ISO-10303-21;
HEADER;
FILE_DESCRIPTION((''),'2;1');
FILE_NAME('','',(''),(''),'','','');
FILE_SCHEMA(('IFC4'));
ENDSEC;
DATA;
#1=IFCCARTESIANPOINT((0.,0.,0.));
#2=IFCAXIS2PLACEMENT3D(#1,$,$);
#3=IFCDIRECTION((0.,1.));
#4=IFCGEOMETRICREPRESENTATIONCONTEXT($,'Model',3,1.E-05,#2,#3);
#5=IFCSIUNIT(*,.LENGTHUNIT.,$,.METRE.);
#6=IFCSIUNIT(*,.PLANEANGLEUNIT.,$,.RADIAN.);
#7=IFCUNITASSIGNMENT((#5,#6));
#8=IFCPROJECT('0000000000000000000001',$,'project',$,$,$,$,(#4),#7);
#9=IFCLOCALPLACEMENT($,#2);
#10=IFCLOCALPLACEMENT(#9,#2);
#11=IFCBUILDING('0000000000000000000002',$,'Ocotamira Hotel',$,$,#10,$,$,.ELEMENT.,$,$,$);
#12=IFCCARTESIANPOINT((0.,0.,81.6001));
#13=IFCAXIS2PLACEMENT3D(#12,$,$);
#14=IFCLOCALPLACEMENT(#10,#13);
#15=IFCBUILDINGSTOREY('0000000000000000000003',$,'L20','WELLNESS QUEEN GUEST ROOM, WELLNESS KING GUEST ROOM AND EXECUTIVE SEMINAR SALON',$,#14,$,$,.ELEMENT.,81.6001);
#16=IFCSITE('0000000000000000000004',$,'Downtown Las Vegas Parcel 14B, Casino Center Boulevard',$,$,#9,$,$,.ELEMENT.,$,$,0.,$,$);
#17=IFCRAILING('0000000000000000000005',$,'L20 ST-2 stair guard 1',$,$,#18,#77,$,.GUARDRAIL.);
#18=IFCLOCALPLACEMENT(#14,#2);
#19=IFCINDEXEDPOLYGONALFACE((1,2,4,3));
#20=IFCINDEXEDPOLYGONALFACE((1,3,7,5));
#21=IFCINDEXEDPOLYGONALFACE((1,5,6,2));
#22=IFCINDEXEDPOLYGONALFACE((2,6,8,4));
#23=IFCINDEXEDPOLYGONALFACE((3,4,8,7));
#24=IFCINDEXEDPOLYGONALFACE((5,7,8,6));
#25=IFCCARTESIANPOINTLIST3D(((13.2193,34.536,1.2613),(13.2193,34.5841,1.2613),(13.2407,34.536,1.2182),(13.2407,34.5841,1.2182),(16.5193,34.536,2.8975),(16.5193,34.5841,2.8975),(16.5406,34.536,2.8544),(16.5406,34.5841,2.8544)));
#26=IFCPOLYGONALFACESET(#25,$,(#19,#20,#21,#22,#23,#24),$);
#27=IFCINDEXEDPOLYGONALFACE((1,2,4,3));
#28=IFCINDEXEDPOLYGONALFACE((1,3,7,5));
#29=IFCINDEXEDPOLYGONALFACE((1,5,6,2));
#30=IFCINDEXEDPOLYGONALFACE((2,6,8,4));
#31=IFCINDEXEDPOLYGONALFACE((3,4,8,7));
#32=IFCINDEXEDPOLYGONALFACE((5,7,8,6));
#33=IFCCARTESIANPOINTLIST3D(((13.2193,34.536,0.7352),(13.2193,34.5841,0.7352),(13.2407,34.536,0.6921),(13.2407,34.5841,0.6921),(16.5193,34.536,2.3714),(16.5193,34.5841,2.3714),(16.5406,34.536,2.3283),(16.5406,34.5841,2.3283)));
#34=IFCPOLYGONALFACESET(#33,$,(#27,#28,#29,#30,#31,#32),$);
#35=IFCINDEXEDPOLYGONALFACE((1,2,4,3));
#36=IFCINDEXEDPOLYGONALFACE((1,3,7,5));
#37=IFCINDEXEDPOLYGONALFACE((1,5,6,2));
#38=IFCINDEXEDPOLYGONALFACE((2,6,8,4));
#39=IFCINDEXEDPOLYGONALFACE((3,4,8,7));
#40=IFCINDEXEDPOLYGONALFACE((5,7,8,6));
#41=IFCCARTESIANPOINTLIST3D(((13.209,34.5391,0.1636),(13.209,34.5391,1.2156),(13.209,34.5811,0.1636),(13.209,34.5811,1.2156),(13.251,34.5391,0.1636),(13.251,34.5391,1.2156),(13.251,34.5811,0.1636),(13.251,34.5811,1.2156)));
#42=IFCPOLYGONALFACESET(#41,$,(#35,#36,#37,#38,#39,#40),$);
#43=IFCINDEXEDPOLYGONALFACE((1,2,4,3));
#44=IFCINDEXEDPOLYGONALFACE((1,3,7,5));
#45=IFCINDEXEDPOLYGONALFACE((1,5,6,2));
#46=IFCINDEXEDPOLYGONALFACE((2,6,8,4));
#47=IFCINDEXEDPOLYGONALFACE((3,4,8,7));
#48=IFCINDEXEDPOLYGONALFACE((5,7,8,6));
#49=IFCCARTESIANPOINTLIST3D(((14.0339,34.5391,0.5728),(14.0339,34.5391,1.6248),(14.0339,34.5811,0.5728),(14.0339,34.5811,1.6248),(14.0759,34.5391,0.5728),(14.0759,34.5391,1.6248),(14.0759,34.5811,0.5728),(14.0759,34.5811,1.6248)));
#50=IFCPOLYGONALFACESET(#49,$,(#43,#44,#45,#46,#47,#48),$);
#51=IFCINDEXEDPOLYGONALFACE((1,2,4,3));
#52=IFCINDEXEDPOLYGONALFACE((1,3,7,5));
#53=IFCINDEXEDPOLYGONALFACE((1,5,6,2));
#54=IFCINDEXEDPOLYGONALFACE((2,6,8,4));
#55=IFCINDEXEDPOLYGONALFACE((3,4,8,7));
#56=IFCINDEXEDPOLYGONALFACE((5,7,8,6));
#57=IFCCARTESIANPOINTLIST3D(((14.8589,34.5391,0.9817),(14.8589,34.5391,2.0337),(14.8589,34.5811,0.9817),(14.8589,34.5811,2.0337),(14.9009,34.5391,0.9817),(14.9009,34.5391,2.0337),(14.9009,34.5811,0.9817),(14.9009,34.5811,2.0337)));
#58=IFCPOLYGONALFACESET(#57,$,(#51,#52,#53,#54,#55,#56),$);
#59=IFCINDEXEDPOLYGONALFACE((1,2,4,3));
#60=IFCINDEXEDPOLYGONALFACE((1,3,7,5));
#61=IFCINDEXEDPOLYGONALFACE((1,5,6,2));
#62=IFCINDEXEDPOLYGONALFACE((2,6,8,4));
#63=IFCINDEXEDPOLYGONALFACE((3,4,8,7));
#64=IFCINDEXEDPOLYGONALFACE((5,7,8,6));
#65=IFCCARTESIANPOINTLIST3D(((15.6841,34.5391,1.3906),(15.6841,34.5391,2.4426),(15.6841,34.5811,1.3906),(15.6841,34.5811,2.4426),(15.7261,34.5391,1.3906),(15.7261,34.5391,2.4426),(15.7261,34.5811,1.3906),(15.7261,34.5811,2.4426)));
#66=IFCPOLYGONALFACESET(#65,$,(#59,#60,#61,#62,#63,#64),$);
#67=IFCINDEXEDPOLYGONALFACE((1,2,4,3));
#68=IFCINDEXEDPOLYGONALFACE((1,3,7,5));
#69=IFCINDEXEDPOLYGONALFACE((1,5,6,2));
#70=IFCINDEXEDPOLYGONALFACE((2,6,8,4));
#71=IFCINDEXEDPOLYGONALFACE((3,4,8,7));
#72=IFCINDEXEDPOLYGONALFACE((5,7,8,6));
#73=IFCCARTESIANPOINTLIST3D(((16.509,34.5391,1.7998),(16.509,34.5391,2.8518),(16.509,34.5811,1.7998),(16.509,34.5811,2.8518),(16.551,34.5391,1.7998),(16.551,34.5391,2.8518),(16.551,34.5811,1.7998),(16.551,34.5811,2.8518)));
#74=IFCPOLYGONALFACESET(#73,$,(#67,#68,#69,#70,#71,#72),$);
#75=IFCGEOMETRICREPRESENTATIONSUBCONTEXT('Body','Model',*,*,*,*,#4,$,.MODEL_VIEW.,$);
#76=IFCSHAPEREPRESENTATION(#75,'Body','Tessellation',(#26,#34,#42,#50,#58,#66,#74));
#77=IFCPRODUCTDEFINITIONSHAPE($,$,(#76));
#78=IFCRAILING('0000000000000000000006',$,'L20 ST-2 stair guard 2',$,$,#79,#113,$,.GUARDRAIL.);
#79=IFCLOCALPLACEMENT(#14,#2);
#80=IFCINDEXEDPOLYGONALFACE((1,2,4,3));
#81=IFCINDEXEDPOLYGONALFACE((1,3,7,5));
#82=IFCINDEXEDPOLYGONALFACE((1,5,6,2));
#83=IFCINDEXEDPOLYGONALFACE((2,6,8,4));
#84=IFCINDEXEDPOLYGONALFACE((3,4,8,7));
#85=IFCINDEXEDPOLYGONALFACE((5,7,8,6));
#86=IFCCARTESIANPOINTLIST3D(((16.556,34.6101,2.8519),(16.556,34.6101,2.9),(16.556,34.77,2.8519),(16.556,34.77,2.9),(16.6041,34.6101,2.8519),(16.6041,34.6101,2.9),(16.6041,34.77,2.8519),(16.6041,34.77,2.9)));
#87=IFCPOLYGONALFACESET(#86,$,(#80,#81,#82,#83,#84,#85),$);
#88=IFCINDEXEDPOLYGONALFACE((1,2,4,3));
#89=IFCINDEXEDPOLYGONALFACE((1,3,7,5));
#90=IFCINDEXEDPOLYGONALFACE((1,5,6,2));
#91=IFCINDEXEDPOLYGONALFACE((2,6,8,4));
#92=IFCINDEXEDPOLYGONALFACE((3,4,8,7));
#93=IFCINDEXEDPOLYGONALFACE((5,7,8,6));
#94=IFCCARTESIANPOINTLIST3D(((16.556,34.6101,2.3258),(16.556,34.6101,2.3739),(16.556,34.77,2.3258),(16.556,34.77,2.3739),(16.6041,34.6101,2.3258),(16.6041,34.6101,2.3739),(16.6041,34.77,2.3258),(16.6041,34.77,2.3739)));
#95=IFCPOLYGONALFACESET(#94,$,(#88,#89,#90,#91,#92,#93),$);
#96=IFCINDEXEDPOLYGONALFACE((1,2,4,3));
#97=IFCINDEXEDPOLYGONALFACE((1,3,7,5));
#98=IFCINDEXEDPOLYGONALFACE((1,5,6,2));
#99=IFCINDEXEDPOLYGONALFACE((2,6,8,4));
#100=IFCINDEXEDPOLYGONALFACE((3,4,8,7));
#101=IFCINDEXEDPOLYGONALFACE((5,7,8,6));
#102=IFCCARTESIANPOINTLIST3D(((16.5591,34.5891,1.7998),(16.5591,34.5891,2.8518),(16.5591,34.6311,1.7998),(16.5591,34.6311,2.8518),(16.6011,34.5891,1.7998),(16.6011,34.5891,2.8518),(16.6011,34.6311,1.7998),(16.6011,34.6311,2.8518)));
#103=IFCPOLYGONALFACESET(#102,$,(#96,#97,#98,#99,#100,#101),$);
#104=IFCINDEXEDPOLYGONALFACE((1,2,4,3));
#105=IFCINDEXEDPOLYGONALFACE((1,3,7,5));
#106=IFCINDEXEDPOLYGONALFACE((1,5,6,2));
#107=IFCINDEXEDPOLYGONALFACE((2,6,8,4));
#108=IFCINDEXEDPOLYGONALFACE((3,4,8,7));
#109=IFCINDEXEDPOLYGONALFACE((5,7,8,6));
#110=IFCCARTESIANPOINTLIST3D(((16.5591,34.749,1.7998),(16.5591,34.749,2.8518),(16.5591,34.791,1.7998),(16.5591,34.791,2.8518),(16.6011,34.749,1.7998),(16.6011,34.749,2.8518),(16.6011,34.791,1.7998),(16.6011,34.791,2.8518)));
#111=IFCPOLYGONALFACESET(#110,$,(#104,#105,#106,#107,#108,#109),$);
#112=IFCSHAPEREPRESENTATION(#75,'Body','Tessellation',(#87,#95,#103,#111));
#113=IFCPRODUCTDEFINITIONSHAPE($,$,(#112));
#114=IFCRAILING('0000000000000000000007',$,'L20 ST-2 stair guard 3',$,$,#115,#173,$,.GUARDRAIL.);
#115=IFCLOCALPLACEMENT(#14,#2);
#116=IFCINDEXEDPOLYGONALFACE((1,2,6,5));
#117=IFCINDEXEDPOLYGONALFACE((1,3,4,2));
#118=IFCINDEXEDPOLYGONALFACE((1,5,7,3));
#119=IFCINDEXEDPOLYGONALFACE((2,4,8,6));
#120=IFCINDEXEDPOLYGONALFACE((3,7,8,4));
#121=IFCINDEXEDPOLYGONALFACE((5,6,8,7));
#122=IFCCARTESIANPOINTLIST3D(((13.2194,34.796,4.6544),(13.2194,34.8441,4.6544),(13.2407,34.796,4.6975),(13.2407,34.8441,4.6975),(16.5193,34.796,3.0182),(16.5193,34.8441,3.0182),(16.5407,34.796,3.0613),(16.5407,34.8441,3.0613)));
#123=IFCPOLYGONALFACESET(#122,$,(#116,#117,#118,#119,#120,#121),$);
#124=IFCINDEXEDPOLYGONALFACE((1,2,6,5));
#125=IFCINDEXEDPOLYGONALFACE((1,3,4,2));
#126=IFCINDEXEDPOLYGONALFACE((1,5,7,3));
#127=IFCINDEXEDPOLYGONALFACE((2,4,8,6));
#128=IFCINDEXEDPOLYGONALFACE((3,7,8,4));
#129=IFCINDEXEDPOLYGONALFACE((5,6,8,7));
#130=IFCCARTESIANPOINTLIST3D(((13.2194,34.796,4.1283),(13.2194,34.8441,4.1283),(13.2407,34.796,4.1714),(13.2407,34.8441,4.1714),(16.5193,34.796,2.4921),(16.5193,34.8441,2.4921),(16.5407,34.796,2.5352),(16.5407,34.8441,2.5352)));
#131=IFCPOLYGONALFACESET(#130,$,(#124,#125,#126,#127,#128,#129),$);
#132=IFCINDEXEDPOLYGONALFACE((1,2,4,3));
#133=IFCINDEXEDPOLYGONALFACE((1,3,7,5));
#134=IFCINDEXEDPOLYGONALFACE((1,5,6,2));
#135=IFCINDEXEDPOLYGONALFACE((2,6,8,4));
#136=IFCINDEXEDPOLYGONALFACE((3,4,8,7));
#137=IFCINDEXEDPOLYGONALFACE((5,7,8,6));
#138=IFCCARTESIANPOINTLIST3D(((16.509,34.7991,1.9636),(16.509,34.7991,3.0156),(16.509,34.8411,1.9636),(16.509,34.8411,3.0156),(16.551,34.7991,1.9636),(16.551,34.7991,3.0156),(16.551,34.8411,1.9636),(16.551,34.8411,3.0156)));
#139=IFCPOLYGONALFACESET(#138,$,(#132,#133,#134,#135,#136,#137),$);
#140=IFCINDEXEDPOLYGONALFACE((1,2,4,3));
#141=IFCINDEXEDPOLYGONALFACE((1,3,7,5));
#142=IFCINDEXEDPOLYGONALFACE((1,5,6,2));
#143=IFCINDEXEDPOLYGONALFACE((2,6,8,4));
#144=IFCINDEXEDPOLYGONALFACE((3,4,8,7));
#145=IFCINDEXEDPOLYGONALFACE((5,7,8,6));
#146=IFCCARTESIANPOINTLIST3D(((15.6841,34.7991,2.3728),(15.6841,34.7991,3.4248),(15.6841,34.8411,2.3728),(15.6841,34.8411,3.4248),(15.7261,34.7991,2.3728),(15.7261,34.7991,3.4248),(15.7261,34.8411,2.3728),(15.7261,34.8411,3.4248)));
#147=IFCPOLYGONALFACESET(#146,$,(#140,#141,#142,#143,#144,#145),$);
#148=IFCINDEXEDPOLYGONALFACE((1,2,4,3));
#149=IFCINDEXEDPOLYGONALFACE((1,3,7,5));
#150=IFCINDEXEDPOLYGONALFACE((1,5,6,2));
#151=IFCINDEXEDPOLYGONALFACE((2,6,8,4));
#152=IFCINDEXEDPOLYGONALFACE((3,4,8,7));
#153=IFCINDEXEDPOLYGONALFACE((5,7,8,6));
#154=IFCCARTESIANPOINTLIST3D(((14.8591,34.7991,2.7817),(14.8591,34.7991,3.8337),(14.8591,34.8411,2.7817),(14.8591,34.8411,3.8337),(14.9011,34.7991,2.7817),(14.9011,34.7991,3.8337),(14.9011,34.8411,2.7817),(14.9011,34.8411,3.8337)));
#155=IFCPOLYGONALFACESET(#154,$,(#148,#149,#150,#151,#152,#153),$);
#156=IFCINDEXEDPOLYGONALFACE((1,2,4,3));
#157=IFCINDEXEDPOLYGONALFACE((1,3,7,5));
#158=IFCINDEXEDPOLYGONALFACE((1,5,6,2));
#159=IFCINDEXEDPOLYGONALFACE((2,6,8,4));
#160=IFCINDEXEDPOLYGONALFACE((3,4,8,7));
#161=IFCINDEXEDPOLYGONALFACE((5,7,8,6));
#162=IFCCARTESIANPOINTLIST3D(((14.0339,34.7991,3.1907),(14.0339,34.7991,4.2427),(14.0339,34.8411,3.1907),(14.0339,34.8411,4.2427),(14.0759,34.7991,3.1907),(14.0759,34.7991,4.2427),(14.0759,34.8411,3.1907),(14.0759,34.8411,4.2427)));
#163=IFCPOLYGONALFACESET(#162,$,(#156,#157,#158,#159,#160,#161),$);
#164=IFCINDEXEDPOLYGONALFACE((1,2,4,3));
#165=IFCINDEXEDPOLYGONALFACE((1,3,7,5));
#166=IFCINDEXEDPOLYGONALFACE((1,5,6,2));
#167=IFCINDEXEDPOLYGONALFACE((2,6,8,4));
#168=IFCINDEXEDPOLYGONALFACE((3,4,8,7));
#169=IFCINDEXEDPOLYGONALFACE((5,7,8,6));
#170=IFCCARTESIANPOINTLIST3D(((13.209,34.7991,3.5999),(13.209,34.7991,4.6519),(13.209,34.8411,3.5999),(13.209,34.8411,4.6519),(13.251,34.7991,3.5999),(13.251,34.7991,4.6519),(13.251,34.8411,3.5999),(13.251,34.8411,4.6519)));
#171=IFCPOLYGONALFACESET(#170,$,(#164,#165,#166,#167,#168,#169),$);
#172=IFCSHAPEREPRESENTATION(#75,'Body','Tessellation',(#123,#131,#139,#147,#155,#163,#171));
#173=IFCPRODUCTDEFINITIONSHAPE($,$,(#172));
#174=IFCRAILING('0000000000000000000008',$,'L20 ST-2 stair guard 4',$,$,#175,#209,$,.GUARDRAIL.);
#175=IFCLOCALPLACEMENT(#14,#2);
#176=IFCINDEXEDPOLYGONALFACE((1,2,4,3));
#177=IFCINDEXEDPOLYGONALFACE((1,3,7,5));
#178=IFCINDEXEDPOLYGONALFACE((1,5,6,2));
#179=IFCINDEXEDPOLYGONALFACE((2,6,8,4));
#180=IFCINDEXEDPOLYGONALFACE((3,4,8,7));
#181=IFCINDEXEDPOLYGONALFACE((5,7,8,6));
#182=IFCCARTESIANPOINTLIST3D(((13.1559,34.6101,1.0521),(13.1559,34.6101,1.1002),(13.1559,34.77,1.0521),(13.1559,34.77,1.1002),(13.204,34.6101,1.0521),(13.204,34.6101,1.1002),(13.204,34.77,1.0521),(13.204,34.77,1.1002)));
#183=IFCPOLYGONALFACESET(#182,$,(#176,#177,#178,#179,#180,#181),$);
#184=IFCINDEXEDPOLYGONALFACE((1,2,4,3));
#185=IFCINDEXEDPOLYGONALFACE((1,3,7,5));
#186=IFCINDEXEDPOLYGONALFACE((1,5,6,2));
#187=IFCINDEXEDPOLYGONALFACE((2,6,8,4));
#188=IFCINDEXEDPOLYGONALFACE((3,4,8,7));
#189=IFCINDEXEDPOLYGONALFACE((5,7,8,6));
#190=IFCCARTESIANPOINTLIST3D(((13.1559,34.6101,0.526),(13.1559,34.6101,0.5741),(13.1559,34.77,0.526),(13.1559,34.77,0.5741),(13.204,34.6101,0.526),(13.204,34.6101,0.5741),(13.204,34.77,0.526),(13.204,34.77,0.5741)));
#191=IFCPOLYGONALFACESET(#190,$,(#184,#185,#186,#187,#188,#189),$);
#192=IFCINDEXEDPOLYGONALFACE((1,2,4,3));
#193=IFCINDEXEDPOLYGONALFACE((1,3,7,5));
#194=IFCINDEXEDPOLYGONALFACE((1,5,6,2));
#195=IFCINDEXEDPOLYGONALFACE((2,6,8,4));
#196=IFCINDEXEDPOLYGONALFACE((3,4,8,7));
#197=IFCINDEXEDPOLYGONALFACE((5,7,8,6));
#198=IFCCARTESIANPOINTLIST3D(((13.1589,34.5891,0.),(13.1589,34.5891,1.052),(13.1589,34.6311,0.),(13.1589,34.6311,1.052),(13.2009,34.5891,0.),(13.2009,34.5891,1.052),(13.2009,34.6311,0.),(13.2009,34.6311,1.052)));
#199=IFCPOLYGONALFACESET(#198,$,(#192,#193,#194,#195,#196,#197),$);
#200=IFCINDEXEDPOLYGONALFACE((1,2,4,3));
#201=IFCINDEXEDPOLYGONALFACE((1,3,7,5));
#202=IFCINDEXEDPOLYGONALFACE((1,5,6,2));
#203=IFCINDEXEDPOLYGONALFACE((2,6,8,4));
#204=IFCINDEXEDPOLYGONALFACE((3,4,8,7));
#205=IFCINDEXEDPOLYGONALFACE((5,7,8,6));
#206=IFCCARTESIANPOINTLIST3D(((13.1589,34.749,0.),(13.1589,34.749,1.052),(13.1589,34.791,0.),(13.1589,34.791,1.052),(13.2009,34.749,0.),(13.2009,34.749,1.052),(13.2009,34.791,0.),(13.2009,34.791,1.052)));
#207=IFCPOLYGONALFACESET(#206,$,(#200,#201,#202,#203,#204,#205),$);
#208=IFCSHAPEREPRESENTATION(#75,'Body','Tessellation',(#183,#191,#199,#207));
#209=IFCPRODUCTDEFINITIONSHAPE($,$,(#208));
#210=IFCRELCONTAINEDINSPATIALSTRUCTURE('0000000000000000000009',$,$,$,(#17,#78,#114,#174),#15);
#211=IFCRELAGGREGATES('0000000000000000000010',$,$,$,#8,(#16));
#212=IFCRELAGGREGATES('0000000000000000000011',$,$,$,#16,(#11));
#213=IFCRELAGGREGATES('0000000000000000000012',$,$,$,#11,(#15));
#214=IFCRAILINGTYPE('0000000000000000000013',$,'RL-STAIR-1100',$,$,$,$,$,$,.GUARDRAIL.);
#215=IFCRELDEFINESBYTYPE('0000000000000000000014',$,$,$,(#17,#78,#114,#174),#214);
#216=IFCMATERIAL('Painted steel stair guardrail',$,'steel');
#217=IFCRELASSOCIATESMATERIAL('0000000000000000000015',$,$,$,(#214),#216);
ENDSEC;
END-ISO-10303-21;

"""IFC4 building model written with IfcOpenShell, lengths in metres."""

from ifc_helpers import new_model, si_unit, direction, frame, origin, origin_2d, place, context, subcontext, project, spatial, rectangle, extrude, material, type_object, element, save


model = new_model("IFC4")

# Units and contexts
model_context = context("Model", 3, precision=1e-05, world=origin(), true_north=direction((0.0, 1.0)))
body_context = subcontext(model_context, "Body", "Model", "MODEL_VIEW")
ifc_project = project(units=[si_unit("LENGTHUNIT", "METRE"), si_unit("PLANEANGLEUNIT", "RADIAN")], contexts=[model_context])

# Site, building, storey
site_placement = place(None, origin())
site = spatial("IfcSite", under=ifc_project, at=site_placement, Name="Downtown Las Vegas Parcel 14B, Casino Center Boulevard", CompositionType="ELEMENT", RefElevation=0.0)
building_placement = place(site_placement, origin())
building = spatial("IfcBuilding", under=site, at=building_placement, Name="Ocotamira Hotel", CompositionType="ELEMENT")
storey_placement = place(building_placement, frame((0.0, 0.0, 81.6001)))
storey = spatial("IfcBuildingStorey", under=building, at=storey_placement, Name="L20", Description="WELLNESS QUEEN GUEST ROOM, WELLNESS KING GUEST ROOM AND EXECUTIVE SEMINAR SALON", CompositionType="ELEMENT", Elevation=81.6001)

# Railings
ifc_material_1 = material(Name="Painted steel stair guardrail", Category="steel")
railing_type_1 = type_object("IfcRailingType", Name="RL-STAIR-1100", PredefinedType="GUARDRAIL", material=ifc_material_1)
railing_1_placement = place(storey_placement, frame((13.23, 34.5601, 0.1636)))
element("IfcRailing", 1, at=railing_1_placement, inside=storey, type_object=railing_type_1, Name="L20 ST-2 stair guard 1", PredefinedType="GUARDRAIL", context=body_context, shape_type="SweptSolid", body=[
    extrude(rectangle(XDim=0.0481, YDim=0.0481, at=origin_2d()), frame((0.0, 0.0, 1.0762), z_axis=(0.89592, 0.0, 0.444215), x_axis=(0.0, 1.0, 0.0)), (0.0, 0.0, 1.0), 3.6833),
    extrude(rectangle(XDim=0.0481, YDim=0.0481, at=origin_2d()), frame((0.0, 0.0, 0.55), z_axis=(0.89592, 0.0, 0.444215), x_axis=(0.0, 1.0, 0.0)), (0.0, 0.0, 1.0), 3.6833),
    extrude(rectangle(XDim=0.042, YDim=0.042, at=origin_2d()), origin(), (0.0, 0.0, 1.0), 1.052),
    extrude(rectangle(XDim=0.042, YDim=0.042, at=origin_2d()), frame((0.825, 0.0, 0.4092)), (0.0, 0.0, 1.0), 1.052),
    extrude(rectangle(XDim=0.042, YDim=0.042, at=origin_2d()), frame((1.6499, 0.0, 0.8181)), (0.0, 0.0, 1.0), 1.052),
    extrude(rectangle(XDim=0.042, YDim=0.042, at=origin_2d()), frame((2.4751, 0.0, 1.2271)), (0.0, 0.0, 1.0), 1.052),
    extrude(rectangle(XDim=0.042, YDim=0.042, at=origin_2d()), frame((3.3, 0.0, 1.6362)), (0.0, 0.0, 1.0), 1.052),
])
railing_2_placement = place(storey_placement, frame((16.5801, 34.6101, 1.7998)))
element("IfcRailing", 2, at=railing_2_placement, inside=storey, type_object=railing_type_1, Name="L20 ST-2 stair guard 2", PredefinedType="GUARDRAIL", context=body_context, shape_type="SweptSolid", body=[
    extrude(rectangle(XDim=0.0481, YDim=0.0481, at=origin_2d()), frame((0.0, 0.0, 1.0762), z_axis=(0.0, 1.0, 0.0), x_axis=(-1.0, 0.0, 0.0)), (0.0, 0.0, 1.0), 0.1599),
    extrude(rectangle(XDim=0.0481, YDim=0.0481, at=origin_2d()), frame((0.0, 0.0, 0.55), z_axis=(0.0, 1.0, 0.0), x_axis=(-1.0, 0.0, 0.0)), (0.0, 0.0, 1.0), 0.1599),
    extrude(rectangle(XDim=0.042, YDim=0.042, at=origin_2d()), origin(), (0.0, 0.0, 1.0), 1.052),
    extrude(rectangle(XDim=0.042, YDim=0.042, at=origin_2d()), frame((0.0, 0.1599, 0.0)), (0.0, 0.0, 1.0), 1.052),
])
railing_3_placement = place(storey_placement, frame((16.53, 34.8201, 1.9636)))
element("IfcRailing", 3, at=railing_3_placement, inside=storey, type_object=railing_type_1, Name="L20 ST-2 stair guard 3", PredefinedType="GUARDRAIL", context=body_context, shape_type="SweptSolid", body=[
    extrude(rectangle(XDim=0.0481, YDim=0.0481, at=origin_2d()), frame((0.0, 0.0, 1.0762), z_axis=(-0.89592, 0.0, 0.444215), x_axis=(0.0, -1.0, 0.0)), (0.0, 0.0, 1.0), 3.6833),
    extrude(rectangle(XDim=0.0481, YDim=0.0481, at=origin_2d()), frame((0.0, 0.0, 0.55), z_axis=(-0.89592, 0.0, 0.444215), x_axis=(0.0, -1.0, 0.0)), (0.0, 0.0, 1.0), 3.6833),
    extrude(rectangle(XDim=0.042, YDim=0.042, at=origin_2d()), origin(), (0.0, 0.0, 1.0), 1.052),
    extrude(rectangle(XDim=0.042, YDim=0.042, at=origin_2d()), frame((-0.825, 0.0, 0.4092)), (0.0, 0.0, 1.0), 1.052),
    extrude(rectangle(XDim=0.042, YDim=0.042, at=origin_2d()), frame((-1.6499, 0.0, 0.8181)), (0.0, 0.0, 1.0), 1.052),
    extrude(rectangle(XDim=0.042, YDim=0.042, at=origin_2d()), frame((-2.4751, 0.0, 1.2271)), (0.0, 0.0, 1.0), 1.052),
    extrude(rectangle(XDim=0.042, YDim=0.042, at=origin_2d()), frame((-3.3, 0.0, 1.6362)), (0.0, 0.0, 1.0), 1.052),
])
railing_4_placement = place(storey_placement, frame((13.1799, 34.6101, 0.0)))
element("IfcRailing", 4, at=railing_4_placement, inside=storey, type_object=railing_type_1, Name="L20 ST-2 stair guard 4", PredefinedType="GUARDRAIL", context=body_context, shape_type="SweptSolid", body=[
    extrude(rectangle(XDim=0.0481, YDim=0.0481, at=origin_2d()), frame((0.0, 0.0, 1.0762), z_axis=(0.0, 1.0, 0.0), x_axis=(-1.0, 0.0, 0.0)), (0.0, 0.0, 1.0), 0.1599),
    extrude(rectangle(XDim=0.0481, YDim=0.0481, at=origin_2d()), frame((0.0, 0.0, 0.55), z_axis=(0.0, 1.0, 0.0), x_axis=(-1.0, 0.0, 0.0)), (0.0, 0.0, 1.0), 0.1599),
    extrude(rectangle(XDim=0.042, YDim=0.042, at=origin_2d()), origin(), (0.0, 0.0, 1.0), 1.052),
    extrude(rectangle(XDim=0.042, YDim=0.042, at=origin_2d()), frame((0.0, 0.1599, 0.0)), (0.0, 0.0, 1.0), 1.052),
])

save(model, "model.ifc")
